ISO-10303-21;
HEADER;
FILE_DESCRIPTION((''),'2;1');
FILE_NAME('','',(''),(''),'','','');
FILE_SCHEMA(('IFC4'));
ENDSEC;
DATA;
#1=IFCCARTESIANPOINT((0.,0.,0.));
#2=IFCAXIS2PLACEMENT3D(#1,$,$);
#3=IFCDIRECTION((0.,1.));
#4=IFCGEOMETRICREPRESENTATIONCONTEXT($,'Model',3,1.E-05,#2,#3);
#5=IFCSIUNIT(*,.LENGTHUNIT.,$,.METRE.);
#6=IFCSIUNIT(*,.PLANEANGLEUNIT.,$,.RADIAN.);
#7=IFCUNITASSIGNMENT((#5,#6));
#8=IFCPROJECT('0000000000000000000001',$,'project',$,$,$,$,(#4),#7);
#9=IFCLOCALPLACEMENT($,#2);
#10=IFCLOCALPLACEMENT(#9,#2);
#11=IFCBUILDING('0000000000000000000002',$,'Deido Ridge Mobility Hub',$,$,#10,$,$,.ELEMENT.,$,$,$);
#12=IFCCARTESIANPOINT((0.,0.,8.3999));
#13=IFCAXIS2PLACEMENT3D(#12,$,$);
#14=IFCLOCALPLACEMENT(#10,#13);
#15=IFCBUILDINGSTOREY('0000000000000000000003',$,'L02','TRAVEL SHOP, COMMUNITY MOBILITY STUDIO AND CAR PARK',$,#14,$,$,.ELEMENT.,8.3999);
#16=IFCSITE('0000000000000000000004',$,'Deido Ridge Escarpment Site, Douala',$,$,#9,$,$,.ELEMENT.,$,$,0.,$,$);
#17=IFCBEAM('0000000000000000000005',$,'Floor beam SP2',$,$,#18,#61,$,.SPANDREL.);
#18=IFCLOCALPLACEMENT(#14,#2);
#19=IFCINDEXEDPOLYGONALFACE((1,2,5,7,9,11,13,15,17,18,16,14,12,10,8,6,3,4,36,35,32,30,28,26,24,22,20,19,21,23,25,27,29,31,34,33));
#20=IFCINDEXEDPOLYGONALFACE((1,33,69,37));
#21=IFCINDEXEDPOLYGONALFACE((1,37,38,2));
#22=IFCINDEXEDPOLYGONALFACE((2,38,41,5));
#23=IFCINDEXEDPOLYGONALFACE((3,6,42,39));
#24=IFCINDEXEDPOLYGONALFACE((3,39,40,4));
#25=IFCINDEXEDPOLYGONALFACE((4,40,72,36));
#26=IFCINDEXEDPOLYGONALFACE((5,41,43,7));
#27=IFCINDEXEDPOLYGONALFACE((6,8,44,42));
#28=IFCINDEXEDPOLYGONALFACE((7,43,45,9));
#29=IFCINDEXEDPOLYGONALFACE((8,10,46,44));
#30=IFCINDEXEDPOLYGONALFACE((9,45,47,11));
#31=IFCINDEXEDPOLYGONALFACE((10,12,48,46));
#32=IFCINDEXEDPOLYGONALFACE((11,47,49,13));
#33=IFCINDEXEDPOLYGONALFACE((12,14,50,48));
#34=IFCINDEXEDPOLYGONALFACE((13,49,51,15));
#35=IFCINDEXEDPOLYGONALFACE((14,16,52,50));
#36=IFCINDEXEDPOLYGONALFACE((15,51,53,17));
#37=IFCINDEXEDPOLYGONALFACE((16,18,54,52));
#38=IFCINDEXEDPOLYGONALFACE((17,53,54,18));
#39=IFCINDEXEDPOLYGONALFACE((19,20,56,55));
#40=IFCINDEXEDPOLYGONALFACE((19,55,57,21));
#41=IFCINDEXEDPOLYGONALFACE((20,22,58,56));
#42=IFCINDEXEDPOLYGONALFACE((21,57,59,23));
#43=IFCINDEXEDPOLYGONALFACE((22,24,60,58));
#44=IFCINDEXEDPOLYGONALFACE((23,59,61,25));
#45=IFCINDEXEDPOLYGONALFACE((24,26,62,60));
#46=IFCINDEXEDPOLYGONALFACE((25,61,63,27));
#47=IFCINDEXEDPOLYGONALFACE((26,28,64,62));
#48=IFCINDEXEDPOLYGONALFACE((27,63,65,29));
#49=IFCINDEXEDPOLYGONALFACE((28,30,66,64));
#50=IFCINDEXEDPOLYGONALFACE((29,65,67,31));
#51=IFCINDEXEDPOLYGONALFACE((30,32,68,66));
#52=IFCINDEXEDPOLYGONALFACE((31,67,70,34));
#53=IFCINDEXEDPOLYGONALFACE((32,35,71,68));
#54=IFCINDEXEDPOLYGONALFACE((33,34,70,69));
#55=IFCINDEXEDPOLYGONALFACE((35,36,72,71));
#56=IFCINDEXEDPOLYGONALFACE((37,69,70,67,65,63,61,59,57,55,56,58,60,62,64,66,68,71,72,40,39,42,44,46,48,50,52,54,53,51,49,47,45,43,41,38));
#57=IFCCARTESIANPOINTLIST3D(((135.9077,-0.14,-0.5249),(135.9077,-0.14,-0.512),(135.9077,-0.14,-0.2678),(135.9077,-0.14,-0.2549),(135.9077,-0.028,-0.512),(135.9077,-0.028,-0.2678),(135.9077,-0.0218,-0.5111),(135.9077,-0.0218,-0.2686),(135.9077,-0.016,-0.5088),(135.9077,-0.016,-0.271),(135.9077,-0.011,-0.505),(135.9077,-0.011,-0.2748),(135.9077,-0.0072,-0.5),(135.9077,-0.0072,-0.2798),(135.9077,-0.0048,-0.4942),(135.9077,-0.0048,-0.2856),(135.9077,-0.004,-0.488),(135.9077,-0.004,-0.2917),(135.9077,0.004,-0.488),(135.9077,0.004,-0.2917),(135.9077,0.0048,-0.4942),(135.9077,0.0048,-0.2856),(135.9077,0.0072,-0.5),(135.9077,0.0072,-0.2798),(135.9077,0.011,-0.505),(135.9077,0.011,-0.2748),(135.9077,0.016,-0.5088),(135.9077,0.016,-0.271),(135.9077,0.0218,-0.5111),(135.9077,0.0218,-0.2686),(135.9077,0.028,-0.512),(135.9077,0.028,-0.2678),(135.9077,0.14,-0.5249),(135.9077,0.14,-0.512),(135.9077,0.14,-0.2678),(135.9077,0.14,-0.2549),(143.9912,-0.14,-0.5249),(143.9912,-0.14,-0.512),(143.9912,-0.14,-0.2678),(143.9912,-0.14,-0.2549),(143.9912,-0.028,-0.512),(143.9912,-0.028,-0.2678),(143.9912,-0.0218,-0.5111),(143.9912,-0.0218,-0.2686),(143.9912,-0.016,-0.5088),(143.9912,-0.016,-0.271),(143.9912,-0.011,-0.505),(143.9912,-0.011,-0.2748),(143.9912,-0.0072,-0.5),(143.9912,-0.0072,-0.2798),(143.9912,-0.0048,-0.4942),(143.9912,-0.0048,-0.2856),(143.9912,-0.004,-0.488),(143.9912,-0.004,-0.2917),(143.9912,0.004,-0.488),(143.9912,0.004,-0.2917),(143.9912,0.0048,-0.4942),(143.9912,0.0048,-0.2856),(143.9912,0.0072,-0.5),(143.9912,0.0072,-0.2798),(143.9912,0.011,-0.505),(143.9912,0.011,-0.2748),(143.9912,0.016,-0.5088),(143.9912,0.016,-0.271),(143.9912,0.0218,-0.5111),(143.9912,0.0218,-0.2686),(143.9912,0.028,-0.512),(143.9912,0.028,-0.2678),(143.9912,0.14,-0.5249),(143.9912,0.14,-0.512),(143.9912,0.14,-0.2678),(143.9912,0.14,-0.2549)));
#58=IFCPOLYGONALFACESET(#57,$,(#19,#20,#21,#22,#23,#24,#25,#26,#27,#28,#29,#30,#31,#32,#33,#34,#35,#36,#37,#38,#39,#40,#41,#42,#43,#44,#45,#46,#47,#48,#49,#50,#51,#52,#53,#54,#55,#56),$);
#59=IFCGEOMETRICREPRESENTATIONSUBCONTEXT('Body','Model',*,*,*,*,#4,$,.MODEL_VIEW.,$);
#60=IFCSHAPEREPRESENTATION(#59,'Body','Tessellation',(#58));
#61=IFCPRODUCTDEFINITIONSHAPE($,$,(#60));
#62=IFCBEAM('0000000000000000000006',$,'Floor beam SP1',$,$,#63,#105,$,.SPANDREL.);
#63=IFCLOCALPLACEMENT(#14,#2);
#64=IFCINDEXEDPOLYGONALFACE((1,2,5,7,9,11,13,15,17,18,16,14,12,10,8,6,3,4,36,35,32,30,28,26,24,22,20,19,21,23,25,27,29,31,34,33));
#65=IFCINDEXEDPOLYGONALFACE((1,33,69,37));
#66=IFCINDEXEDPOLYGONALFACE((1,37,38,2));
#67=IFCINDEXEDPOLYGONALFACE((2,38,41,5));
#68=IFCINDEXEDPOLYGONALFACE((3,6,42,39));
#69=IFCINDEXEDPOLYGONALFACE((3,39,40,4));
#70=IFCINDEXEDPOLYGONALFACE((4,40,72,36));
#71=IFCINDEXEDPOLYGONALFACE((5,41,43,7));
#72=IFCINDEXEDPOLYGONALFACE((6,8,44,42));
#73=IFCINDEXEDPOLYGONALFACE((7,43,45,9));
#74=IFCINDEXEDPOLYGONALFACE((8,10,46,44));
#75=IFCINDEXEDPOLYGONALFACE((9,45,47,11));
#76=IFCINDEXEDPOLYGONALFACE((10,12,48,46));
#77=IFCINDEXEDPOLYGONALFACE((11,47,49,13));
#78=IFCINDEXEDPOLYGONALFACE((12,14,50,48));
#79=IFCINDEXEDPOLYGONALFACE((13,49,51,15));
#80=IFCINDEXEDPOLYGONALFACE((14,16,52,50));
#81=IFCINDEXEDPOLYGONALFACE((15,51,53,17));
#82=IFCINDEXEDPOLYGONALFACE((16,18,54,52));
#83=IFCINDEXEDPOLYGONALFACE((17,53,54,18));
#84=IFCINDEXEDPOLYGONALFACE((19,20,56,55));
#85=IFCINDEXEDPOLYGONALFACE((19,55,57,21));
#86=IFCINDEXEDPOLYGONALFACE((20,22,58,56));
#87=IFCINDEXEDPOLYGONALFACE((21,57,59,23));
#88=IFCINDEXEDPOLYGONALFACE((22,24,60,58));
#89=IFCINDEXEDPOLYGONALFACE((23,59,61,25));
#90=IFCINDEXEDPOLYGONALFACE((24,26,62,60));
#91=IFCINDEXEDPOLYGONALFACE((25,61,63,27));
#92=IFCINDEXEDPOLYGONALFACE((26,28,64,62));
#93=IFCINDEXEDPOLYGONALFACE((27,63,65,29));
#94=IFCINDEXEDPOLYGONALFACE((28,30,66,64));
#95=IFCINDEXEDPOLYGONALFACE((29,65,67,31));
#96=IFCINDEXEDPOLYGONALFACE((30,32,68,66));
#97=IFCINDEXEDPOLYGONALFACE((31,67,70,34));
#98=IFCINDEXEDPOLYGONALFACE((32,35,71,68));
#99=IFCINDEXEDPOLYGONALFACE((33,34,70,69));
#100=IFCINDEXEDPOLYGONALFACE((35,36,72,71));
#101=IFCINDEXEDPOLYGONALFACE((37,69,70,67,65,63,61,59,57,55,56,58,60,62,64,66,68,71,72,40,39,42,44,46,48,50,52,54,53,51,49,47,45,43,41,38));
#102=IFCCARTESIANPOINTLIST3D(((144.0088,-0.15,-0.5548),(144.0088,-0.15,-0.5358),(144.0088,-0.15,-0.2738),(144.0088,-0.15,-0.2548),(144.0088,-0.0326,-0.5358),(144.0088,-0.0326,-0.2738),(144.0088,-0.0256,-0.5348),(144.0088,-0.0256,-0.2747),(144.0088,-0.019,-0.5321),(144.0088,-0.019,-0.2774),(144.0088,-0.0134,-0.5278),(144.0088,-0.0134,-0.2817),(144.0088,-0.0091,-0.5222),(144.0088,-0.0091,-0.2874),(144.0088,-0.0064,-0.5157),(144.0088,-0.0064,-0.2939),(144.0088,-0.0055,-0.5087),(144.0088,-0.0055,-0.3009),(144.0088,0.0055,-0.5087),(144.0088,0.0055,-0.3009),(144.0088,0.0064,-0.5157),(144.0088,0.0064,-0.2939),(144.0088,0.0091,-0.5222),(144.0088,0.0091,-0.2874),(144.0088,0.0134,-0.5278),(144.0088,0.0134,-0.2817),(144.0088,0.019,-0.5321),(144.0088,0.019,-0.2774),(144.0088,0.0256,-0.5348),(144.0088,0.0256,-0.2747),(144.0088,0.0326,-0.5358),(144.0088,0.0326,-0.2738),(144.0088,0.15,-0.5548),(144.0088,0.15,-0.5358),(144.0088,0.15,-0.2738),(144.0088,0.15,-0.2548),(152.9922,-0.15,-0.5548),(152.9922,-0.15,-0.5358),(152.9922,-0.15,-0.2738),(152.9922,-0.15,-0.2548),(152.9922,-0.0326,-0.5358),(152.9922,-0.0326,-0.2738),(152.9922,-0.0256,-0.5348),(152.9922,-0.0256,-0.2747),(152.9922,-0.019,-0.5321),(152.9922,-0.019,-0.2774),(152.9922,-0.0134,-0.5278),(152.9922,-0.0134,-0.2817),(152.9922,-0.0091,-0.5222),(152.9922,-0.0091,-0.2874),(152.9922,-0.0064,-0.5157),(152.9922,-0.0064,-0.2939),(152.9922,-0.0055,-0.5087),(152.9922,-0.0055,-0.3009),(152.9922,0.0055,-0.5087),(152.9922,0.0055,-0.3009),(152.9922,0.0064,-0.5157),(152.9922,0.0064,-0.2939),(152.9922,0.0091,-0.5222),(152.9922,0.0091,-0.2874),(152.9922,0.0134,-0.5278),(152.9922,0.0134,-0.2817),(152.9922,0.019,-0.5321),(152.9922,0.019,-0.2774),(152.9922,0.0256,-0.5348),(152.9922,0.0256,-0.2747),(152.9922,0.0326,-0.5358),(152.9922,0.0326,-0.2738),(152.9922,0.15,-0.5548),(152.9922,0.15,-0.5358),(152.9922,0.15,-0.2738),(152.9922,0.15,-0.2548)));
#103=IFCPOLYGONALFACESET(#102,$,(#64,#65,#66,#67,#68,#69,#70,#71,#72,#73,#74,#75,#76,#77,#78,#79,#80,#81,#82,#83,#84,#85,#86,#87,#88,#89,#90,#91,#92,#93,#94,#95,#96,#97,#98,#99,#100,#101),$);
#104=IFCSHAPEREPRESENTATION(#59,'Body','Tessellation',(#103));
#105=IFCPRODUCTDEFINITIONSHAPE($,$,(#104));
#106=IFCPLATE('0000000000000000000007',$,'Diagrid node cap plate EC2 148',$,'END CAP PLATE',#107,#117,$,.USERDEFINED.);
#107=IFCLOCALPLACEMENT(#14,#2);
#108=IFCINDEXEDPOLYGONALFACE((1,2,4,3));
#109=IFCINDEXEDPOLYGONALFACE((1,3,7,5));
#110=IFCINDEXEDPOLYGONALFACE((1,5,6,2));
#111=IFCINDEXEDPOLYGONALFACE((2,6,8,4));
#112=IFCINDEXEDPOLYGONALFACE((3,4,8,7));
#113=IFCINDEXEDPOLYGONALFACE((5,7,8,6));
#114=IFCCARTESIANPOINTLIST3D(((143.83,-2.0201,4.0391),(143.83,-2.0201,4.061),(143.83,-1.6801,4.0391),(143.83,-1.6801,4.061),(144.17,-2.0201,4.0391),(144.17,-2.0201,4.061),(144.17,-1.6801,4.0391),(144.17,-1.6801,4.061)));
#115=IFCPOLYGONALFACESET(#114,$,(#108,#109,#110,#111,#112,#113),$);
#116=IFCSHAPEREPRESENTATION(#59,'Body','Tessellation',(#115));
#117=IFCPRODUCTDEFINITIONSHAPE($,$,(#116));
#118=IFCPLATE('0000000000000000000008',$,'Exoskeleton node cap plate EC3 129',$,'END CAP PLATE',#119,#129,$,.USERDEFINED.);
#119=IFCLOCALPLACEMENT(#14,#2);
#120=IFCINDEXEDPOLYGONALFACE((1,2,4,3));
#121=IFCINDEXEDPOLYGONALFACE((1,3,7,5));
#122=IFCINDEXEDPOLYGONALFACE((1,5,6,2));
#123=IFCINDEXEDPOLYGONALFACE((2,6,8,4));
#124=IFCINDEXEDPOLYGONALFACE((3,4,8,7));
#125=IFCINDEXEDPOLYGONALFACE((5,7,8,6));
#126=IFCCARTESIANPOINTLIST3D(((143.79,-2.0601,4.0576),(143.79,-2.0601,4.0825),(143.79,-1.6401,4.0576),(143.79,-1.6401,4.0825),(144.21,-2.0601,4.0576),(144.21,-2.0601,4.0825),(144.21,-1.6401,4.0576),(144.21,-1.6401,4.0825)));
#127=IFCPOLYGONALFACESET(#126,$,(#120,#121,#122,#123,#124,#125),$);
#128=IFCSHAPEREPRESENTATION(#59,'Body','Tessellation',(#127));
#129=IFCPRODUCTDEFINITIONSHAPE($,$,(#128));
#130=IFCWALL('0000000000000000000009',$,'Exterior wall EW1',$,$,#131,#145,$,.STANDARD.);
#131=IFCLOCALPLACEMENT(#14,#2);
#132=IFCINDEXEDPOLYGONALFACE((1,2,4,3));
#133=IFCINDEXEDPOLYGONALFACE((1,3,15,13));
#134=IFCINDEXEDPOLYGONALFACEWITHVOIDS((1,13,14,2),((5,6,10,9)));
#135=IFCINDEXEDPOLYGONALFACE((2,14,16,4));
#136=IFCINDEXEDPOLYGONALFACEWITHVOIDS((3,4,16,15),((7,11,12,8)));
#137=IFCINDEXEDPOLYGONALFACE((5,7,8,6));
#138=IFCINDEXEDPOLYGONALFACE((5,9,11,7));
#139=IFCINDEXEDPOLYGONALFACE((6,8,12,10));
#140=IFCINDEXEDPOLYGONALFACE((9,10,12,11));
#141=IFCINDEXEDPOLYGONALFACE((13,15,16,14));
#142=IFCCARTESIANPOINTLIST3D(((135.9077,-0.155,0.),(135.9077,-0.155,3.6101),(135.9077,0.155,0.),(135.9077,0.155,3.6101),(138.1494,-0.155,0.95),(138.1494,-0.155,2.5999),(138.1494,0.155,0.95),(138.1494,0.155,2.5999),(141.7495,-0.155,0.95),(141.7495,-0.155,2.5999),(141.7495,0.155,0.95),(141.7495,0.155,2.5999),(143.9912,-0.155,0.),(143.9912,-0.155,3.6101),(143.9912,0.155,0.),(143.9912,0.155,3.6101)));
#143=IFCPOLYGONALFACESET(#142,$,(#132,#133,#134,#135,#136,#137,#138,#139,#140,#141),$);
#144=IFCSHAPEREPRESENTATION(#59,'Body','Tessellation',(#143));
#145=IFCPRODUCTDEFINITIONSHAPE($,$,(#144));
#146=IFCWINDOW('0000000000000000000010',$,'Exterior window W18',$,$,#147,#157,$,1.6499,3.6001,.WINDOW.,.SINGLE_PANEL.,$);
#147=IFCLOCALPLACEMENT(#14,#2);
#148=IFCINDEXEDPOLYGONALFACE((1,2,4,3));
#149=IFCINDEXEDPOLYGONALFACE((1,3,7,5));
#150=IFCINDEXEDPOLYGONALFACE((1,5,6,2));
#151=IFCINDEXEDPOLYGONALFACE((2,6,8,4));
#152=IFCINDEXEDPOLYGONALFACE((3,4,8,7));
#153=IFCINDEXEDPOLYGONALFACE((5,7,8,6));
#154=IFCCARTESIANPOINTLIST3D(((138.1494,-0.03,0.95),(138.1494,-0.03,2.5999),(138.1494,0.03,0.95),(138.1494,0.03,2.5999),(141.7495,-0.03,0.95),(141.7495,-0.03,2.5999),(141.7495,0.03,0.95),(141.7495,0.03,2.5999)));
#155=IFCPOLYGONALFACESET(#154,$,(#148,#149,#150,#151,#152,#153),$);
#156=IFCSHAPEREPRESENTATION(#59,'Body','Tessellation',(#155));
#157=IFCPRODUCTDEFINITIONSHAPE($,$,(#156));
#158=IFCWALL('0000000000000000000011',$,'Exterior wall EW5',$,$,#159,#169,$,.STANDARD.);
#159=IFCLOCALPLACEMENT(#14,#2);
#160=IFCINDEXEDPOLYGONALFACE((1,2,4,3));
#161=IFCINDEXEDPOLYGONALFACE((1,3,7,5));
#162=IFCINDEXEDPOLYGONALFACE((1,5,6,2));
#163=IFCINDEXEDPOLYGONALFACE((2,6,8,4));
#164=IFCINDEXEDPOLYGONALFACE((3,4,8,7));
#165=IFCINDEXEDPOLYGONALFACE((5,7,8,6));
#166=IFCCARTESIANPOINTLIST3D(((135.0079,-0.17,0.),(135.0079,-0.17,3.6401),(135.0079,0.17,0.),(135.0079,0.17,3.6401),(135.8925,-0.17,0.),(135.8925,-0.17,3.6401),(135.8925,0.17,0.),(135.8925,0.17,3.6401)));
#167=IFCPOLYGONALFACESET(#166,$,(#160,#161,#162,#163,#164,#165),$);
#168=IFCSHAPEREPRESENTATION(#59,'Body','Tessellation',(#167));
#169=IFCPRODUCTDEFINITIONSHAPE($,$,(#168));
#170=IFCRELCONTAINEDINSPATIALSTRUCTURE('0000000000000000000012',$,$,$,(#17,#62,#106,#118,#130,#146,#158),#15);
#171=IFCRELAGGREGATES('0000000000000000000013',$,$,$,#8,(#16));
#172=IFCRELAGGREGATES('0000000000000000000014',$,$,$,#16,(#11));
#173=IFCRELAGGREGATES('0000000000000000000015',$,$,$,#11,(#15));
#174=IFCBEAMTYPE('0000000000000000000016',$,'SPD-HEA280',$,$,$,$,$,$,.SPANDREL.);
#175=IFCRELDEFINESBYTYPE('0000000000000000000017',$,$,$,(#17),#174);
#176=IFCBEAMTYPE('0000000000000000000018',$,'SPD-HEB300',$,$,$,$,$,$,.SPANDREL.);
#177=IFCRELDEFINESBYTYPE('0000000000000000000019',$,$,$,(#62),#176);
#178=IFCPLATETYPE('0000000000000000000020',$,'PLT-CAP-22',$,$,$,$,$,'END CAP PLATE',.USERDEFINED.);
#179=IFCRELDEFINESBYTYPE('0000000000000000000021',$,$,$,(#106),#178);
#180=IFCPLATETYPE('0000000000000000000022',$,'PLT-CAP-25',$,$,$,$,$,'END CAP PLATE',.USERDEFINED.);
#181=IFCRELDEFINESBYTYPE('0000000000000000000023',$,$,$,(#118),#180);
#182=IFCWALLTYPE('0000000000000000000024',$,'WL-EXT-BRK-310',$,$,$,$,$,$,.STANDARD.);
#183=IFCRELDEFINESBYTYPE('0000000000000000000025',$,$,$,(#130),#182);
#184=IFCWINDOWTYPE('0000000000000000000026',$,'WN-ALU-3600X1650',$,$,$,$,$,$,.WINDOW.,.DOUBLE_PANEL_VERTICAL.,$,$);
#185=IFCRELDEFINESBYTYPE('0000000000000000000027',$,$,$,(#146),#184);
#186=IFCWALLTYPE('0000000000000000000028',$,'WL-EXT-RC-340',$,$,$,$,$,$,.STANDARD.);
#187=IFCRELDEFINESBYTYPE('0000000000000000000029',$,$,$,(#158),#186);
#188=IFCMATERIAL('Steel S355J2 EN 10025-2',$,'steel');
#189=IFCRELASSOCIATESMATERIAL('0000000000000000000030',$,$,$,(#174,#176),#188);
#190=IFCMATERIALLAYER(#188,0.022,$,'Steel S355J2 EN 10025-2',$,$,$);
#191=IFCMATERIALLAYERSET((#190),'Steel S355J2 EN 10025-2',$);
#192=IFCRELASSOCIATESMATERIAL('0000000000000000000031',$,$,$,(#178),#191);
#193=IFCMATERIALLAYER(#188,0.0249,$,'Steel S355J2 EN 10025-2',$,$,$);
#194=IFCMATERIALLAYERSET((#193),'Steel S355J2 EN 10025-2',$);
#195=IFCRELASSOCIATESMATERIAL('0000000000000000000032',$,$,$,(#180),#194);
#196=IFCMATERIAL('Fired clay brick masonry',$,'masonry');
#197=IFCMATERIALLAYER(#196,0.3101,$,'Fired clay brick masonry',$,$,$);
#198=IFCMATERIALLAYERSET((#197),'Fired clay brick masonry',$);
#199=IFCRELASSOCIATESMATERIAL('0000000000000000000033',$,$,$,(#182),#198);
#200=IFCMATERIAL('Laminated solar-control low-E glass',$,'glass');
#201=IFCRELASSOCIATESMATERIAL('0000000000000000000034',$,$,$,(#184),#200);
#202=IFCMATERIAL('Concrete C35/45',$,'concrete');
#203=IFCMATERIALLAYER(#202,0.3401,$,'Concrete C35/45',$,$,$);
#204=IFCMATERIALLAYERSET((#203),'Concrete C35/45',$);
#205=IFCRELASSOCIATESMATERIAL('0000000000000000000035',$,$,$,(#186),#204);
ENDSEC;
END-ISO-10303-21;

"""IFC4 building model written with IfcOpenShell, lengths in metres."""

from ifc_helpers import new_model, si_unit, direction, frame, frame_2d, origin, origin_2d, place, context, subcontext, project, spatial, rectangle, i_section, extrude, material, layer, layer_set, material_profile, profile_set, type_object, element, fill, save


model = new_model("IFC4")

# Units and contexts
model_context = context("Model", 3, precision=1e-05, world=origin(), true_north=direction((0.0, 1.0)))
body_context = subcontext(model_context, "Body", "Model", "MODEL_VIEW")
ifc_project = project(units=[si_unit("LENGTHUNIT", "METRE"), si_unit("PLANEANGLEUNIT", "RADIAN")], contexts=[model_context])

# Site, building, storey
site_placement = place(None, origin())
site = spatial("IfcSite", under=ifc_project, at=site_placement, Name="Deido Ridge Escarpment Site, Douala", CompositionType="ELEMENT", RefElevation=0.0)
building_placement = place(site_placement, origin())
building = spatial("IfcBuilding", under=site, at=building_placement, Name="Deido Ridge Mobility Hub", CompositionType="ELEMENT")
storey_placement = place(building_placement, frame((0.0, 0.0, 8.3999)))
storey = spatial("IfcBuildingStorey", under=building, at=storey_placement, Name="L02", Description="TRAVEL SHOP, COMMUNITY MOBILITY STUDIO AND CAR PARK", CompositionType="ELEMENT", Elevation=8.3999)

# Shared definitions
ifc_material_1 = material(Name="Steel S355J2 EN 10025-2", Category="steel")

# Beams
ifc_material_profile_1 = material_profile(ifc_material_1, i_section(OverallWidth=0.28, OverallDepth=0.27, WebThickness=0.0081, FlangeThickness=0.0129, FilletRadius=0.0239, at=origin_2d()), Name="HEA 280")
ifc_profile_set_1 = profile_set([ifc_material_profile_1], Name="Steel S355J2 EN 10025-2")
beam_type_1 = type_object("IfcBeamType", Name="SPD-HEA280", PredefinedType="SPANDREL", material=ifc_profile_set_1)
beam_1_placement = place(storey_placement, frame((135.9077, 0.0, -0.3899), z_axis=(1.0, 0.0, 0.0), x_axis=(0.0, 1.0, 0.0)))
element("IfcBeam", 1, at=beam_1_placement, inside=storey, type_object=beam_type_1, Name="Floor beam SP2", PredefinedType="SPANDREL", context=body_context, shape_type="SweptSolid", body=[
    extrude(i_section(OverallWidth=0.28, OverallDepth=0.27, WebThickness=0.0081, FlangeThickness=0.0129, FilletRadius=0.0239, at=origin_2d()), origin(), (0.0, 0.0, 1.0), 8.0835),
])
ifc_material_profile_2 = material_profile(ifc_material_1, i_section(OverallWidth=0.3, OverallDepth=0.3, WebThickness=0.011, FlangeThickness=0.019, FilletRadius=0.0271, at=origin_2d()), Name="HEB 300")
ifc_profile_set_2 = profile_set([ifc_material_profile_2], Name="Steel S355J2 EN 10025-2")
beam_type_2 = type_object("IfcBeamType", Name="SPD-HEB300", PredefinedType="SPANDREL", material=ifc_profile_set_2)
beam_2_placement = place(storey_placement, frame((144.0088, 0.0, -0.4048), z_axis=(1.0, 0.0, 0.0), x_axis=(0.0, 1.0, 0.0)))
element("IfcBeam", 2, at=beam_2_placement, inside=storey, type_object=beam_type_2, Name="Floor beam SP1", PredefinedType="SPANDREL", context=body_context, shape_type="SweptSolid", body=[
    extrude(i_section(OverallWidth=0.3, OverallDepth=0.3, WebThickness=0.011, FlangeThickness=0.019, FilletRadius=0.0271, at=origin_2d()), origin(), (0.0, 0.0, 1.0), 8.9834),
])

# Plates
ifc_layer_1 = layer(ifc_material_1, 0.022, Name="Steel S355J2 EN 10025-2")
ifc_layer_set_1 = layer_set([ifc_layer_1], Name="Steel S355J2 EN 10025-2")
plate_type_1 = type_object("IfcPlateType", Name="PLT-CAP-22", ElementType="END CAP PLATE", PredefinedType="USERDEFINED", material=ifc_layer_set_1)
plate_1_placement = place(storey_placement, frame((144.0, -1.8501, 4.0391), z_axis=(0.0, 0.0, 1.0), x_axis=(1.0, 0.0, 0.0)))
element("IfcPlate", 3, at=plate_1_placement, inside=storey, type_object=plate_type_1, Name="Diagrid node cap plate EC2 148", ObjectType="END CAP PLATE", PredefinedType="USERDEFINED", context=body_context, shape_type="SweptSolid", body=[
    extrude(rectangle(XDim=0.3401, YDim=0.3401, at=origin_2d()), origin(), (0.0, 0.0, 1.0), 0.022),
])
ifc_layer_2 = layer(ifc_material_1, 0.0249, Name="Steel S355J2 EN 10025-2")
ifc_layer_set_2 = layer_set([ifc_layer_2], Name="Steel S355J2 EN 10025-2")
plate_type_2 = type_object("IfcPlateType", Name="PLT-CAP-25", ElementType="END CAP PLATE", PredefinedType="USERDEFINED", material=ifc_layer_set_2)
plate_2_placement = place(storey_placement, frame((144.0, -1.8501, 4.0576), z_axis=(0.0, 0.0, 1.0), x_axis=(1.0, 0.0, 0.0)))
element("IfcPlate", 4, at=plate_2_placement, inside=storey, type_object=plate_type_2, Name="Exoskeleton node cap plate EC3 129", ObjectType="END CAP PLATE", PredefinedType="USERDEFINED", context=body_context, shape_type="SweptSolid", body=[
    extrude(rectangle(XDim=0.4199, YDim=0.4199, at=origin_2d()), origin(), (0.0, 0.0, 1.0), 0.0249),
])

# Wall, opening, window
ifc_material_2 = material(Name="Fired clay brick masonry", Category="masonry")
ifc_layer_3 = layer(ifc_material_2, 0.3101, Name="Fired clay brick masonry")
ifc_layer_set_3 = layer_set([ifc_layer_3], Name="Fired clay brick masonry")
wall_type_1 = type_object("IfcWallType", Name="WL-EXT-BRK-310", PredefinedType="STANDARD", material=ifc_layer_set_3)
wall_1_placement = place(storey_placement, frame((135.9077, 0.0, 0.0), z_axis=(0.0, 0.0, 1.0), x_axis=(1.0, 0.0, 0.0)))
wall_1 = element("IfcWall", 5, at=wall_1_placement, inside=storey, type_object=wall_type_1, Name="Exterior wall EW1", PredefinedType="STANDARD", context=body_context, shape_type="SweptSolid", body=[
    extrude(rectangle(XDim=8.0835, YDim=0.3101, at=frame_2d((4.0417, 0.0))), origin(), (0.0, 0.0, 1.0), 3.6101),
])
opening_1_placement = place(wall_1_placement, frame((2.2417, 0.0, 0.95)))
opening_1 = element("IfcOpeningElement", 6, at=opening_1_placement, cuts=wall_1, PredefinedType="OPENING", context=body_context, shape_type="SweptSolid", body=[
    extrude(rectangle(XDim=3.6001, YDim=1.6499, at=frame_2d((1.8, 0.825))), frame((0.0, 0.165, 0.0), z_axis=(0.0, -1.0, 0.0), x_axis=(1.0, 0.0, 0.0)), (0.0, 0.0, 1.0), 0.3301),
])
ifc_material_3 = material(Name="Laminated solar-control low-E glass", Category="glass")
window_type_1 = type_object("IfcWindowType", Name="WN-ALU-3600X1650", PartitioningType="DOUBLE_PANEL_VERTICAL", PredefinedType="WINDOW", material=ifc_material_3)
window_1_placement = place(opening_1_placement, origin())
window_1 = element("IfcWindow", 7, at=window_1_placement, inside=storey, type_object=window_type_1, Name="Exterior window W18", OverallHeight=1.6499, OverallWidth=3.6001, PartitioningType="SINGLE_PANEL", PredefinedType="WINDOW", context=body_context, shape_type="SweptSolid", body=[
    extrude(rectangle(XDim=3.6001, YDim=1.6499, at=frame_2d((1.8, 0.825))), frame((0.0, 0.03, 0.0), z_axis=(0.0, -1.0, 0.0), x_axis=(1.0, 0.0, 0.0)), (0.0, 0.0, 1.0), 0.0601),
])
fill(opening_1, window_1)

# Wall
ifc_material_4 = material(Name="Concrete C35/45", Category="concrete")
ifc_layer_4 = layer(ifc_material_4, 0.3401, Name="Concrete C35/45")
ifc_layer_set_4 = layer_set([ifc_layer_4], Name="Concrete C35/45")
wall_type_2 = type_object("IfcWallType", Name="WL-EXT-RC-340", PredefinedType="STANDARD", material=ifc_layer_set_4)
wall_2_placement = place(storey_placement, frame((135.0078, 0.0, 0.0), z_axis=(0.0, 0.0, 1.0), x_axis=(1.0, 0.0, 0.0)))
element("IfcWall", 8, at=wall_2_placement, inside=storey, type_object=wall_type_2, Name="Exterior wall EW5", PredefinedType="STANDARD", context=body_context, shape_type="SweptSolid", body=[
    extrude(rectangle(XDim=0.8845, YDim=0.3401, at=frame_2d((0.4424, 0.0))), origin(), (0.0, 0.0, 1.0), 3.6401),
])

save(model, "model.ifc")
